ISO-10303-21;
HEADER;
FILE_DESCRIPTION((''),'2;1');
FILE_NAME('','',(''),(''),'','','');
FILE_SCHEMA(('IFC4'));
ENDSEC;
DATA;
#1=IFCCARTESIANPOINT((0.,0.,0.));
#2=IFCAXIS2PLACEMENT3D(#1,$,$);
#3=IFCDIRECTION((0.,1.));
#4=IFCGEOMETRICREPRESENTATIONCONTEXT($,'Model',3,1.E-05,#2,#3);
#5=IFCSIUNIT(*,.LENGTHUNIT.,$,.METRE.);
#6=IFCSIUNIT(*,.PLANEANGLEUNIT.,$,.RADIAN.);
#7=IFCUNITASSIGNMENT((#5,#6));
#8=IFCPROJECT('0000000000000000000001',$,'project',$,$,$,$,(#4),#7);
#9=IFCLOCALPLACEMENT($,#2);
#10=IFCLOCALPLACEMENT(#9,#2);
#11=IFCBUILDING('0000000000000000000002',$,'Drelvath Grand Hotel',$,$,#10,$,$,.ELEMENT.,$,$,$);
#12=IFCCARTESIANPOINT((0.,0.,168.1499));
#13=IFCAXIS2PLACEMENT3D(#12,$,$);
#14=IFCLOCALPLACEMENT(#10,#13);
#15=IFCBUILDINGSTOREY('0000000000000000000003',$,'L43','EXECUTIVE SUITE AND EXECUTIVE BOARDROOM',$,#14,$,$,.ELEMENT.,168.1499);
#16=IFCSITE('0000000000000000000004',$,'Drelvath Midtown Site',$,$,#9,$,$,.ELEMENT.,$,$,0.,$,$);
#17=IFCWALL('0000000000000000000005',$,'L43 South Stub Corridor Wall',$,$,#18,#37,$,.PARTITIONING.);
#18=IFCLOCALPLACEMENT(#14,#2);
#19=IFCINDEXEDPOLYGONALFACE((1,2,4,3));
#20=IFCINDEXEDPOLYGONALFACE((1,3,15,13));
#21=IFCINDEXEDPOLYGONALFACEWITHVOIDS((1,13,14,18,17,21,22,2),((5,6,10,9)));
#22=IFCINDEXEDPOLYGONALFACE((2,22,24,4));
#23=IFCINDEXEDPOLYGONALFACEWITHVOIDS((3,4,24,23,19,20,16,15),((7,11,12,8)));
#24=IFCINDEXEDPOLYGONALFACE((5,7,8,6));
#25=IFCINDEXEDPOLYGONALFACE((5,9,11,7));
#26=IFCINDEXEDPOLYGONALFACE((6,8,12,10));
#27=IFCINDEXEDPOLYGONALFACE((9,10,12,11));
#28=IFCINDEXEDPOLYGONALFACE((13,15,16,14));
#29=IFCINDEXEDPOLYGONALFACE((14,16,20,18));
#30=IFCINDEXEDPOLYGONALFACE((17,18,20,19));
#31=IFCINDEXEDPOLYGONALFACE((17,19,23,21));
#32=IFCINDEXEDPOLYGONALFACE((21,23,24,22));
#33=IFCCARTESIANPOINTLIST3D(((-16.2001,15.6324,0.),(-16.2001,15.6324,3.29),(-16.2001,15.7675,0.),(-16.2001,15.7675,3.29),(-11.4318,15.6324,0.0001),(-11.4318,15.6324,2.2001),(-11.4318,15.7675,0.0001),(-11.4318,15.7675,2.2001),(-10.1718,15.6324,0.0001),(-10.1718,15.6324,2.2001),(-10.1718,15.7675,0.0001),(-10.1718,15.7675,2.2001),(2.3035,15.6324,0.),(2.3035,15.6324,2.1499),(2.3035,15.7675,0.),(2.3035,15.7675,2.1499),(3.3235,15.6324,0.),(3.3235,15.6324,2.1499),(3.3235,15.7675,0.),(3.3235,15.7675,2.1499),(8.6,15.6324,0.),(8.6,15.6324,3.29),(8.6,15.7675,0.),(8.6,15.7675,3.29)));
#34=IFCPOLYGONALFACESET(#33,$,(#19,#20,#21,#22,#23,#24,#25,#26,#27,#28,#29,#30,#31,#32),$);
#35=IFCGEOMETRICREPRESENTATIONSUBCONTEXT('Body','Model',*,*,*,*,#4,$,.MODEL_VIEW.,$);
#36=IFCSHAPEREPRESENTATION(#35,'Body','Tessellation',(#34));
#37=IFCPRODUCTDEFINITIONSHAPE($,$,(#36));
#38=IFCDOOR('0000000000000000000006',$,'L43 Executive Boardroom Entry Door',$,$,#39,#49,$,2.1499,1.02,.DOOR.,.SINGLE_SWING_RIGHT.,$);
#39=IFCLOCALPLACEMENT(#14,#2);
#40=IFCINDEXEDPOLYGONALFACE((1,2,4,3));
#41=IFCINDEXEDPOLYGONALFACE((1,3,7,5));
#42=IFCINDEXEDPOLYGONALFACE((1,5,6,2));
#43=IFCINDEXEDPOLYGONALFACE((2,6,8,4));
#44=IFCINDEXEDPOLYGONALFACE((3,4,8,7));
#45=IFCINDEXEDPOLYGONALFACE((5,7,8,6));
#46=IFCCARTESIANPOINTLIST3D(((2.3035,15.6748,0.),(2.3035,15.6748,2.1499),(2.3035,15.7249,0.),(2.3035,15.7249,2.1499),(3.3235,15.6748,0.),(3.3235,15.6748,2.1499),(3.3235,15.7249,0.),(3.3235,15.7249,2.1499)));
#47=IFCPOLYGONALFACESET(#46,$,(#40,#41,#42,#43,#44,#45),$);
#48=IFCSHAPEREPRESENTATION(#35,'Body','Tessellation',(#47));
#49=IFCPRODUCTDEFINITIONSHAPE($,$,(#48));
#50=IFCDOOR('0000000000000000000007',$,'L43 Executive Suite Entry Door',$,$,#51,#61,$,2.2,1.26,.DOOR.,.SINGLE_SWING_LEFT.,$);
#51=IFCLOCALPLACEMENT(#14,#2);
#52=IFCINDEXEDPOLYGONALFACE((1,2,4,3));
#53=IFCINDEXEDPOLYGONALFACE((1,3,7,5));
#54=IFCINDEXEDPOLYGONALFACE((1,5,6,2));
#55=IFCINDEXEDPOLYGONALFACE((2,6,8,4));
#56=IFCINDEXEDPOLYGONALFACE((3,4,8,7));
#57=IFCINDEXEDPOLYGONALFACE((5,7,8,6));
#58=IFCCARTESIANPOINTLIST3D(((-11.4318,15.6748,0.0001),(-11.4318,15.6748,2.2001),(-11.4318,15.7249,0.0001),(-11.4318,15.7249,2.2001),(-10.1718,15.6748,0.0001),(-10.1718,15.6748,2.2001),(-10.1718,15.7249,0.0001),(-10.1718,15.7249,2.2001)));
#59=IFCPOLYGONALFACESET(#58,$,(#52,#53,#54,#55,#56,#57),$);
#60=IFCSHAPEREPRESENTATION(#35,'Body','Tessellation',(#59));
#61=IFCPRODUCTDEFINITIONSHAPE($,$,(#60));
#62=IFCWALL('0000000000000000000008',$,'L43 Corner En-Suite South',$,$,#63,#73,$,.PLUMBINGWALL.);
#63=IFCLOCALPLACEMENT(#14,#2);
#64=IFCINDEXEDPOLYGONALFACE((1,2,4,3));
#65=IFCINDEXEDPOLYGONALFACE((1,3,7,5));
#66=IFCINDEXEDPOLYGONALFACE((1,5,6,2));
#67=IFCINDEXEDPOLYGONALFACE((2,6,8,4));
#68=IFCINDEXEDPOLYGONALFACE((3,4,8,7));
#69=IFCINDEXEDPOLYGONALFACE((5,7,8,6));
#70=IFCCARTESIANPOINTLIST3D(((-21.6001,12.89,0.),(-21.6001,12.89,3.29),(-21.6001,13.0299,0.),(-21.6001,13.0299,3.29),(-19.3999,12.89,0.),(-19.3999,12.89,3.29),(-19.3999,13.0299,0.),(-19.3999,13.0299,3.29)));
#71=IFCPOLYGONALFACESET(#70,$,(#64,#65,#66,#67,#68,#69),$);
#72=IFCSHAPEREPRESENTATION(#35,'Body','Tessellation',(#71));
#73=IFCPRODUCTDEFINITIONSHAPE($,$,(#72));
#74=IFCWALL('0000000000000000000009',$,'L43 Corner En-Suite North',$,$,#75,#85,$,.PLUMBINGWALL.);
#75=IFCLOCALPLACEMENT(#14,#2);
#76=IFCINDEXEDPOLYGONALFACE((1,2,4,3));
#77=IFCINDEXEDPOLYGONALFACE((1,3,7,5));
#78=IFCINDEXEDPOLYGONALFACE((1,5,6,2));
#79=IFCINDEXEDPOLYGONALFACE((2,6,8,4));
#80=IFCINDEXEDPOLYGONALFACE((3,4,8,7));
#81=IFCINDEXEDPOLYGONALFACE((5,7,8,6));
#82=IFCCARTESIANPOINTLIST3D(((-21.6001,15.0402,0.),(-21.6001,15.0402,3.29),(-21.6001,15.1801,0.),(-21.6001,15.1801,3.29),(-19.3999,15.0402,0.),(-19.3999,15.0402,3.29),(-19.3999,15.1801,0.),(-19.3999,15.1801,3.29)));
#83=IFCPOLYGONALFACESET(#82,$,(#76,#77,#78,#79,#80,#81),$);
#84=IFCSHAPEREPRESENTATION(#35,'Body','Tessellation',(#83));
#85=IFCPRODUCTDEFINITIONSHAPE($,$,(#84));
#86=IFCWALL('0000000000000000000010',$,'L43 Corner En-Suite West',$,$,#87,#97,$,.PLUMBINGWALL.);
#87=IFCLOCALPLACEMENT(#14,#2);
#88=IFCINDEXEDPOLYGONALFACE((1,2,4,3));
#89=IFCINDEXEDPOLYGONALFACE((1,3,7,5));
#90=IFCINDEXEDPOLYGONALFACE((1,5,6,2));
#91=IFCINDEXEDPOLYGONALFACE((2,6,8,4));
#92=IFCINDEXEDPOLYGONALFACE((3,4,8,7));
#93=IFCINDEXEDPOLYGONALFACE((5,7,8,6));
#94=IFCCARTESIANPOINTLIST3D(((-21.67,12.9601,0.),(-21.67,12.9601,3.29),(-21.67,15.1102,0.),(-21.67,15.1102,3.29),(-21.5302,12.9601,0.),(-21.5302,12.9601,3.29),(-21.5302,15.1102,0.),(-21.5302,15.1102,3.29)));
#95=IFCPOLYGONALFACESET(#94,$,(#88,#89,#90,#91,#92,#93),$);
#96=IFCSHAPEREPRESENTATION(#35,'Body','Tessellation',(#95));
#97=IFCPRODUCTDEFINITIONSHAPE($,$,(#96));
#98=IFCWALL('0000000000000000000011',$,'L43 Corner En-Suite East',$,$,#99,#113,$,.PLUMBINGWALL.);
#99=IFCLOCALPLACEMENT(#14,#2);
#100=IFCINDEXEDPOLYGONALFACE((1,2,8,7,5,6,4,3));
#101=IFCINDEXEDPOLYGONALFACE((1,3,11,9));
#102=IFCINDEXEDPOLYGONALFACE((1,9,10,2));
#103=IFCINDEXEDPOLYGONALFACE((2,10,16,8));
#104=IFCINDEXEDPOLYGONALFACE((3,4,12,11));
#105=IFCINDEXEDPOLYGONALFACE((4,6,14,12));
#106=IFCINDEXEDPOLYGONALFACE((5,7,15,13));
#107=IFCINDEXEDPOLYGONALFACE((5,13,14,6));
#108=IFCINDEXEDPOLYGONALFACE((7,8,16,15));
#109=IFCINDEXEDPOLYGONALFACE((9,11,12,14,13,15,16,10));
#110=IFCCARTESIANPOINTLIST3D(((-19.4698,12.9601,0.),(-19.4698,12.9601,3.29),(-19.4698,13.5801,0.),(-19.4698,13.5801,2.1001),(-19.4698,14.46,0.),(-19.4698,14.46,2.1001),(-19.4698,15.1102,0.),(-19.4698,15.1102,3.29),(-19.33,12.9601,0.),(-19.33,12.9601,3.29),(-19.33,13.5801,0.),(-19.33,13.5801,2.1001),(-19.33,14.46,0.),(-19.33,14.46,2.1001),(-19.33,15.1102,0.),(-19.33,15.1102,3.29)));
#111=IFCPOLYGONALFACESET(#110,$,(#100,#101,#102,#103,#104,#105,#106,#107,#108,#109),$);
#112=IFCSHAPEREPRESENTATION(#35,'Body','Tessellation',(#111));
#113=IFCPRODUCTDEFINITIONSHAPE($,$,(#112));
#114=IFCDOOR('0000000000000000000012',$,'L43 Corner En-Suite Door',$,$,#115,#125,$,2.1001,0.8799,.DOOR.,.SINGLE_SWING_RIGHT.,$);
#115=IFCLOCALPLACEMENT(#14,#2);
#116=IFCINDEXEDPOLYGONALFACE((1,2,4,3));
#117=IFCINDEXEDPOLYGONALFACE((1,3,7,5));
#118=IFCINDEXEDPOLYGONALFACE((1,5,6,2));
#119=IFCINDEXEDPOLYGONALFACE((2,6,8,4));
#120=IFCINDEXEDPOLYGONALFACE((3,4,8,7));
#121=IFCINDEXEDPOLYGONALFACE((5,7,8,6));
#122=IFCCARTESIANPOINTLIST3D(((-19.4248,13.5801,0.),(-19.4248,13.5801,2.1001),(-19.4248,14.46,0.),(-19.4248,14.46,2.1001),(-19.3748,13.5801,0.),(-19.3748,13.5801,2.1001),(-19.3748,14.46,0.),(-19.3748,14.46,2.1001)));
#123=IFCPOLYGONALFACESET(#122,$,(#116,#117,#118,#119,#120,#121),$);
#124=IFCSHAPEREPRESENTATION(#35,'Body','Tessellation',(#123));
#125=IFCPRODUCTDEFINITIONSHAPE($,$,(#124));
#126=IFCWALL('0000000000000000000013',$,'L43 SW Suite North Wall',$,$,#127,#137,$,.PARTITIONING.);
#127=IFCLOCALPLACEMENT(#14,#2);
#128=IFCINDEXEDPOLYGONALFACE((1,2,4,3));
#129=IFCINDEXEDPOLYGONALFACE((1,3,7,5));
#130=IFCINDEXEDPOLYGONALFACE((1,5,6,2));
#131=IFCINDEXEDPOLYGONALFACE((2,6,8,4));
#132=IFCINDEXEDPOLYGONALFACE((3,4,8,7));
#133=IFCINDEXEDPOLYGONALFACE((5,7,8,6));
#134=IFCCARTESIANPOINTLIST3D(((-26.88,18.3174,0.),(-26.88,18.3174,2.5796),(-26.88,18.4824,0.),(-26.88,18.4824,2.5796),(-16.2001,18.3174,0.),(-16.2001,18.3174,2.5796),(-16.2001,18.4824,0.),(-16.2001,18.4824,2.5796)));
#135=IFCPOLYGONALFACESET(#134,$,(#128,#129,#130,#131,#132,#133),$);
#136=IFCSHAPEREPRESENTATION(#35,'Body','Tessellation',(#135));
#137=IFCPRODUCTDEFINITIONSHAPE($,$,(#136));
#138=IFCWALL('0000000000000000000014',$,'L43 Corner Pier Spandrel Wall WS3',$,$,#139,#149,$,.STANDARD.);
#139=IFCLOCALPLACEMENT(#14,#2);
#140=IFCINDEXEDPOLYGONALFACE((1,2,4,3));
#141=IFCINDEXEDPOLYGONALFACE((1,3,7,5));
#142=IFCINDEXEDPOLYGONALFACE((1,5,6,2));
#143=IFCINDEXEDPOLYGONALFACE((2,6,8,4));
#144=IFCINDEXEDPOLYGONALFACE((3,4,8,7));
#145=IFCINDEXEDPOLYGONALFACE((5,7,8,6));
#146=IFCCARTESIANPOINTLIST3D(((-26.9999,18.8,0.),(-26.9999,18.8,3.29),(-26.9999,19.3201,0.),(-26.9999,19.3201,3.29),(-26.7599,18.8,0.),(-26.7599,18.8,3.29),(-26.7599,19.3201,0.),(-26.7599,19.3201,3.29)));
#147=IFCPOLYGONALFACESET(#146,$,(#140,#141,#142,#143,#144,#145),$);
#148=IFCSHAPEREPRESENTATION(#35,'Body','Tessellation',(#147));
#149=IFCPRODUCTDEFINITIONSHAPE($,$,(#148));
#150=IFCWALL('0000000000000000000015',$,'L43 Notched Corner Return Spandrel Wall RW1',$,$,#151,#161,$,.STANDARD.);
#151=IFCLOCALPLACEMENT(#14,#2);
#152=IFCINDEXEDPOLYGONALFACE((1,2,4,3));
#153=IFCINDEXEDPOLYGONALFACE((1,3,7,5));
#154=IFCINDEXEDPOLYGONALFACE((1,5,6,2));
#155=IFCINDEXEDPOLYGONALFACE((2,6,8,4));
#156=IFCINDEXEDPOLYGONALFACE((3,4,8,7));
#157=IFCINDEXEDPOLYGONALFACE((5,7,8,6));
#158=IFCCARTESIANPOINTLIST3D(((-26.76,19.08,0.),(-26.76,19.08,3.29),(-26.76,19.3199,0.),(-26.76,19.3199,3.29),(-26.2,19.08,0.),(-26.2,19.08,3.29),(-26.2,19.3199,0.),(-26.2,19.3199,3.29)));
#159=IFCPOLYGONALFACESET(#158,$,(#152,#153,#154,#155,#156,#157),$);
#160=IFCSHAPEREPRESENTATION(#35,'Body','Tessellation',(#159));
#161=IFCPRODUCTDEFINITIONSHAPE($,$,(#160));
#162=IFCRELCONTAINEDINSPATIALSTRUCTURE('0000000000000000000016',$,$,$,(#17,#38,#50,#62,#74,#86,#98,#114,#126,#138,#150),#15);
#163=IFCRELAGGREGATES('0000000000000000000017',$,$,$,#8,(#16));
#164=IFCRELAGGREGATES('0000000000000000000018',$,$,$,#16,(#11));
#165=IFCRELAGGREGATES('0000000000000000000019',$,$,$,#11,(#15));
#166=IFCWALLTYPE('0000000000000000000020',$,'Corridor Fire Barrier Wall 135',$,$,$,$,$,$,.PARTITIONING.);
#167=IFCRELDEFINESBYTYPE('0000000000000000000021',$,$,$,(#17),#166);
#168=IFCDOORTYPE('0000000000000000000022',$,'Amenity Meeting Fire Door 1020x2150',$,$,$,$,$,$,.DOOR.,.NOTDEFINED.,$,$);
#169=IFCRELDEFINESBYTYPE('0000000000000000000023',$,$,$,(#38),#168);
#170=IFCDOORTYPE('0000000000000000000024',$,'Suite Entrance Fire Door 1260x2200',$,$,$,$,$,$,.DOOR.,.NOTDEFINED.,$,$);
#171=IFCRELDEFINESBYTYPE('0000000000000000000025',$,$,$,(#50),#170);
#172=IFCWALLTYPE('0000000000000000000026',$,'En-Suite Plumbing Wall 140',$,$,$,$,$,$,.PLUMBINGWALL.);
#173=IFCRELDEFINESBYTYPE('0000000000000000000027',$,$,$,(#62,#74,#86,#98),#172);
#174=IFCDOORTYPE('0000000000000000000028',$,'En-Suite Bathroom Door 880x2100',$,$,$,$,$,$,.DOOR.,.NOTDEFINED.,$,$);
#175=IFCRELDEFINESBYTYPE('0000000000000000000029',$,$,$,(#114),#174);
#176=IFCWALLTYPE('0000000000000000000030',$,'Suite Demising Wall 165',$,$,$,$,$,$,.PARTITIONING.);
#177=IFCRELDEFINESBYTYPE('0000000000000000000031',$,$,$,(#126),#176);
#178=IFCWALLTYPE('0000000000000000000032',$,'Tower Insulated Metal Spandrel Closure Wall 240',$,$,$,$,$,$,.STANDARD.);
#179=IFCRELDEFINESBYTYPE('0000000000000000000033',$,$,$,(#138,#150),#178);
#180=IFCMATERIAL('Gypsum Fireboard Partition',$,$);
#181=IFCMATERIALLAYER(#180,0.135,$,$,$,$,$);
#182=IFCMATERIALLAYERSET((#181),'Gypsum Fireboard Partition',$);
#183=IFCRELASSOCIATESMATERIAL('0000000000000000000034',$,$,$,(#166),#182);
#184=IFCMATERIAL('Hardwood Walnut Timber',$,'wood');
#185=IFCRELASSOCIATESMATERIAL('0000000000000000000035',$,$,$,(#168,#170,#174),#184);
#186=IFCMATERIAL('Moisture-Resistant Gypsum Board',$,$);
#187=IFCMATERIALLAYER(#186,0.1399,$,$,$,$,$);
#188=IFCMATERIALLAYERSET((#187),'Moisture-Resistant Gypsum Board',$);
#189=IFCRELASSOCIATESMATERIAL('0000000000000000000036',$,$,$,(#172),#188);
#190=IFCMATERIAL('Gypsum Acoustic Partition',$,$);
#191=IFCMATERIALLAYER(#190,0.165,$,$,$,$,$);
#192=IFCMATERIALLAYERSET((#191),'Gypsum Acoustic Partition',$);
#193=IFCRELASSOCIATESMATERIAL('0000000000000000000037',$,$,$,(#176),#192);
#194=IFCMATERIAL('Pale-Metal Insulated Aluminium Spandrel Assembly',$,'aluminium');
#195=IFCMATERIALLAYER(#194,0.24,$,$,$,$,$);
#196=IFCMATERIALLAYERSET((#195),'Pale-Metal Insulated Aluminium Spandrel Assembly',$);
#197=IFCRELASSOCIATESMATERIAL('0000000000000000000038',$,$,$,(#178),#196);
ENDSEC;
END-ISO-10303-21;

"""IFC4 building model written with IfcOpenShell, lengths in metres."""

from ifc_helpers import new_model, si_unit, direction, frame, frame_2d, origin, place, context, subcontext, project, spatial, rectangle, extrude, material, layer, layer_set, type_object, element, fill, save


model = new_model("IFC4")

# Units and contexts
model_context = context("Model", 3, precision=1e-05, world=origin(), true_north=direction((0.0, 1.0)))
body_context = subcontext(model_context, "Body", "Model", "MODEL_VIEW")
ifc_project = project(units=[si_unit("LENGTHUNIT", "METRE"), si_unit("PLANEANGLEUNIT", "RADIAN")], contexts=[model_context])

# Site, building, storey
site_placement = place(None, origin())
site = spatial("IfcSite", under=ifc_project, at=site_placement, Name="Drelvath Midtown Site", CompositionType="ELEMENT", RefElevation=0.0)
building_placement = place(site_placement, origin())
building = spatial("IfcBuilding", under=site, at=building_placement, Name="Drelvath Grand Hotel", CompositionType="ELEMENT")
storey_placement = place(building_placement, frame((0.0, 0.0, 168.1499)))
storey = spatial("IfcBuildingStorey", under=building, at=storey_placement, Name="L43", Description="EXECUTIVE SUITE AND EXECUTIVE BOARDROOM", CompositionType="ELEMENT", Elevation=168.1499)

# Wall, openings, doors
ifc_material_1 = material(Name="Gypsum Fireboard Partition")
ifc_layer_1 = layer(ifc_material_1, 0.135)
ifc_layer_set_1 = layer_set([ifc_layer_1], Name="Gypsum Fireboard Partition")
wall_type_1 = type_object("IfcWallType", Name="Corridor Fire Barrier Wall 135", PredefinedType="PARTITIONING", material=ifc_layer_set_1)
wall_1_placement = place(storey_placement, frame((-16.2, 15.7, 0.0), z_axis=(0.0, 0.0, 1.0), x_axis=(1.0, 0.0, 0.0)))
wall_1 = element("IfcWall", 1, at=wall_1_placement, inside=storey, type_object=wall_type_1, Name="L43 South Stub Corridor Wall", PredefinedType="PARTITIONING", context=body_context, shape_type="SweptSolid", body=[
    extrude(rectangle(XDim=24.8, YDim=0.135, at=frame_2d((12.3999, 0.0))), origin(), (0.0, 0.0, 1.0), 3.29),
])
opening_1_placement = place(wall_1_placement, frame((4.7683, 0.0, 0.0)))
opening_1 = element("IfcOpeningElement", 2, at=opening_1_placement, cuts=wall_1, PredefinedType="OPENING", context=body_context, shape_type="SweptSolid", body=[
    extrude(rectangle(XDim=1.26, YDim=2.2, at=frame_2d((0.6299, 1.1001))), frame((0.0, 0.0774, 0.0), z_axis=(0.0, -1.0, 0.0), x_axis=(1.0, 0.0, 0.0)), (0.0, 0.0, 1.0), 0.155),
])
opening_2_placement = place(wall_1_placement, frame((18.5034, 0.0, 0.0)))
opening_2 = element("IfcOpeningElement", 3, at=opening_2_placement, cuts=wall_1, PredefinedType="OPENING", context=body_context, shape_type="SweptSolid", body=[
    extrude(rectangle(XDim=1.02, YDim=2.1499, at=frame_2d((0.51, 1.075))), frame((0.0, 0.0774, 0.0), z_axis=(0.0, -1.0, 0.0), x_axis=(1.0, 0.0, 0.0)), (0.0, 0.0, 1.0), 0.155),
])
ifc_material_2 = material(Name="Hardwood Walnut Timber", Category="wood")
door_type_1 = type_object("IfcDoorType", Name="Amenity Meeting Fire Door 1020x2150", OperationType="NOTDEFINED", PredefinedType="DOOR", material=ifc_material_2)
door_1_placement = place(opening_2_placement, origin())
door_1 = element("IfcDoor", 4, at=door_1_placement, inside=storey, type_object=door_type_1, Name="L43 Executive Boardroom Entry Door", OperationType="SINGLE_SWING_RIGHT", OverallHeight=2.1499, OverallWidth=1.02, PredefinedType="DOOR", context=body_context, shape_type="SweptSolid", body=[
    extrude(rectangle(XDim=1.02, YDim=2.1499, at=frame_2d((0.51, 1.075))), frame((0.0, 0.0249, 0.0), z_axis=(0.0, -1.0, 0.0), x_axis=(1.0, 0.0, 0.0)), (0.0, 0.0, 1.0), 0.05),
])
fill(opening_2, door_1)
door_type_2 = type_object("IfcDoorType", Name="Suite Entrance Fire Door 1260x2200", OperationType="NOTDEFINED", PredefinedType="DOOR", material=ifc_material_2)
door_2_placement = place(opening_1_placement, origin())
door_2 = element("IfcDoor", 5, at=door_2_placement, inside=storey, type_object=door_type_2, Name="L43 Executive Suite Entry Door", OperationType="SINGLE_SWING_LEFT", OverallHeight=2.2, OverallWidth=1.26, PredefinedType="DOOR", context=body_context, shape_type="SweptSolid", body=[
    extrude(rectangle(XDim=1.26, YDim=2.2, at=frame_2d((0.6299, 1.1001))), frame((0.0, 0.0249, 0.0), z_axis=(0.0, -1.0, 0.0), x_axis=(1.0, 0.0, 0.0)), (0.0, 0.0, 1.0), 0.05),
])
fill(opening_1, door_2)

# Walls
ifc_material_3 = material(Name="Moisture-Resistant Gypsum Board")
ifc_layer_2 = layer(ifc_material_3, 0.1399)
ifc_layer_set_2 = layer_set([ifc_layer_2], Name="Moisture-Resistant Gypsum Board")
wall_type_2 = type_object("IfcWallType", Name="En-Suite Plumbing Wall 140", PredefinedType="PLUMBINGWALL", material=ifc_layer_set_2)
for number, where, z_axis, x_axis, name in (
    (6, (-21.6001, 12.96, 0.0), (0.0, 0.0, 1.0), (1.0, 0.0, 0.0), "L43 Corner En-Suite South"),
    (7, (-21.6001, 15.1101, 0.0), (0.0, 0.0, 1.0), (1.0, 0.0, 0.0), "L43 Corner En-Suite North"),
):
    element("IfcWall", number, at=place(storey_placement, frame(where, z_axis=z_axis, x_axis=x_axis)), inside=storey, type_object=wall_type_2, Name=name, PredefinedType="PLUMBINGWALL", context=body_context, shape_type="SweptSolid", body=[
        extrude(rectangle(XDim=2.2002, YDim=0.1399, at=frame_2d((1.1001, 0.0))), origin(), (0.0, 0.0, 1.0), 3.29),
    ])
wall_2_placement = place(storey_placement, frame((-21.6001, 12.96, 0.0), z_axis=(0.0, 0.0, 1.0), x_axis=(0.0, 1.0, 0.0)))
element("IfcWall", 8, at=wall_2_placement, inside=storey, type_object=wall_type_2, Name="L43 Corner En-Suite West", PredefinedType="PLUMBINGWALL", context=body_context, shape_type="SweptSolid", body=[
    extrude(rectangle(XDim=2.1501, YDim=0.1399, at=frame_2d((1.0752, 0.0))), origin(), (0.0, 0.0, 1.0), 3.29),
])

# Wall, opening, door
wall_3_placement = place(storey_placement, frame((-19.3999, 12.96, 0.0), z_axis=(0.0, 0.0, 1.0), x_axis=(0.0, 1.0, 0.0)))
wall_3 = element("IfcWall", 9, at=wall_3_placement, inside=storey, type_object=wall_type_2, Name="L43 Corner En-Suite East", PredefinedType="PLUMBINGWALL", context=body_context, shape_type="SweptSolid", body=[
    extrude(rectangle(XDim=2.1501, YDim=0.1399, at=frame_2d((1.0752, 0.0))), origin(), (0.0, 0.0, 1.0), 3.29),
])
opening_3_placement = place(wall_3_placement, frame((0.6201, 0.0, 0.0)))
opening_3 = element("IfcOpeningElement", 10, at=opening_3_placement, cuts=wall_3, PredefinedType="OPENING", context=body_context, shape_type="SweptSolid", body=[
    extrude(rectangle(XDim=0.8799, YDim=2.1001, at=frame_2d((0.4399, 1.05))), frame((0.0, 0.0798, 0.0), z_axis=(0.0, -1.0, 0.0), x_axis=(1.0, 0.0, 0.0)), (0.0, 0.0, 1.0), 0.1599),
])
door_type_3 = type_object("IfcDoorType", Name="En-Suite Bathroom Door 880x2100", OperationType="NOTDEFINED", PredefinedType="DOOR", material=ifc_material_2)
door_3_placement = place(opening_3_placement, origin())
door_3 = element("IfcDoor", 11, at=door_3_placement, inside=storey, type_object=door_type_3, Name="L43 Corner En-Suite Door", OperationType="SINGLE_SWING_RIGHT", OverallHeight=2.1001, OverallWidth=0.8799, PredefinedType="DOOR", context=body_context, shape_type="SweptSolid", body=[
    extrude(rectangle(XDim=0.8799, YDim=2.1001, at=frame_2d((0.4399, 1.05))), frame((0.0, 0.0249, 0.0), z_axis=(0.0, -1.0, 0.0), x_axis=(1.0, 0.0, 0.0)), (0.0, 0.0, 1.0), 0.05),
])
fill(opening_3, door_3)

# Walls
ifc_material_4 = material(Name="Gypsum Acoustic Partition")
ifc_layer_3 = layer(ifc_material_4, 0.165)
ifc_layer_set_3 = layer_set([ifc_layer_3], Name="Gypsum Acoustic Partition")
wall_type_3 = type_object("IfcWallType", Name="Suite Demising Wall 165", PredefinedType="PARTITIONING", material=ifc_layer_set_3)
wall_4_placement = place(storey_placement, frame((-26.8799, 18.3999, 0.0), z_axis=(0.0, 0.0, 1.0), x_axis=(1.0, 0.0, 0.0)))
element("IfcWall", 12, at=wall_4_placement, inside=storey, type_object=wall_type_3, Name="L43 SW Suite North Wall", PredefinedType="PARTITIONING", context=body_context, shape_type="SweptSolid", body=[
    extrude(rectangle(XDim=10.6799, YDim=0.165, at=frame_2d((5.3398, 0.0))), origin(), (0.0, 0.0, 1.0), 2.5796),
])
ifc_material_5 = material(Name="Pale-Metal Insulated Aluminium Spandrel Assembly", Category="aluminium")
ifc_layer_4 = layer(ifc_material_5, 0.24)
ifc_layer_set_4 = layer_set([ifc_layer_4], Name="Pale-Metal Insulated Aluminium Spandrel Assembly")
wall_type_4 = type_object("IfcWallType", Name="Tower Insulated Metal Spandrel Closure Wall 240", PredefinedType="STANDARD", material=ifc_layer_set_4)
wall_5_placement = place(storey_placement, frame((-26.8799, 18.8, 0.0), z_axis=(0.0, 0.0, 1.0), x_axis=(0.0, 1.0, 0.0)))
element("IfcWall", 13, at=wall_5_placement, inside=storey, type_object=wall_type_4, Name="L43 Corner Pier Spandrel Wall WS3", PredefinedType="STANDARD", context=body_context, shape_type="SweptSolid", body=[
    extrude(rectangle(XDim=0.52, YDim=0.24, at=frame_2d((0.26, 0.0))), origin(), (0.0, 0.0, 1.0), 3.29),
])
wall_6_placement = place(storey_placement, frame((-26.76, 19.2, 0.0), z_axis=(0.0, 0.0, 1.0), x_axis=(1.0, 0.0, 0.0)))
element("IfcWall", 14, at=wall_6_placement, inside=storey, type_object=wall_type_4, Name="L43 Notched Corner Return Spandrel Wall RW1", PredefinedType="STANDARD", context=body_context, shape_type="SweptSolid", body=[
    extrude(rectangle(XDim=0.5601, YDim=0.24, at=frame_2d((0.28, 0.0))), origin(), (0.0, 0.0, 1.0), 3.29),
])

save(model, "model.ifc")
